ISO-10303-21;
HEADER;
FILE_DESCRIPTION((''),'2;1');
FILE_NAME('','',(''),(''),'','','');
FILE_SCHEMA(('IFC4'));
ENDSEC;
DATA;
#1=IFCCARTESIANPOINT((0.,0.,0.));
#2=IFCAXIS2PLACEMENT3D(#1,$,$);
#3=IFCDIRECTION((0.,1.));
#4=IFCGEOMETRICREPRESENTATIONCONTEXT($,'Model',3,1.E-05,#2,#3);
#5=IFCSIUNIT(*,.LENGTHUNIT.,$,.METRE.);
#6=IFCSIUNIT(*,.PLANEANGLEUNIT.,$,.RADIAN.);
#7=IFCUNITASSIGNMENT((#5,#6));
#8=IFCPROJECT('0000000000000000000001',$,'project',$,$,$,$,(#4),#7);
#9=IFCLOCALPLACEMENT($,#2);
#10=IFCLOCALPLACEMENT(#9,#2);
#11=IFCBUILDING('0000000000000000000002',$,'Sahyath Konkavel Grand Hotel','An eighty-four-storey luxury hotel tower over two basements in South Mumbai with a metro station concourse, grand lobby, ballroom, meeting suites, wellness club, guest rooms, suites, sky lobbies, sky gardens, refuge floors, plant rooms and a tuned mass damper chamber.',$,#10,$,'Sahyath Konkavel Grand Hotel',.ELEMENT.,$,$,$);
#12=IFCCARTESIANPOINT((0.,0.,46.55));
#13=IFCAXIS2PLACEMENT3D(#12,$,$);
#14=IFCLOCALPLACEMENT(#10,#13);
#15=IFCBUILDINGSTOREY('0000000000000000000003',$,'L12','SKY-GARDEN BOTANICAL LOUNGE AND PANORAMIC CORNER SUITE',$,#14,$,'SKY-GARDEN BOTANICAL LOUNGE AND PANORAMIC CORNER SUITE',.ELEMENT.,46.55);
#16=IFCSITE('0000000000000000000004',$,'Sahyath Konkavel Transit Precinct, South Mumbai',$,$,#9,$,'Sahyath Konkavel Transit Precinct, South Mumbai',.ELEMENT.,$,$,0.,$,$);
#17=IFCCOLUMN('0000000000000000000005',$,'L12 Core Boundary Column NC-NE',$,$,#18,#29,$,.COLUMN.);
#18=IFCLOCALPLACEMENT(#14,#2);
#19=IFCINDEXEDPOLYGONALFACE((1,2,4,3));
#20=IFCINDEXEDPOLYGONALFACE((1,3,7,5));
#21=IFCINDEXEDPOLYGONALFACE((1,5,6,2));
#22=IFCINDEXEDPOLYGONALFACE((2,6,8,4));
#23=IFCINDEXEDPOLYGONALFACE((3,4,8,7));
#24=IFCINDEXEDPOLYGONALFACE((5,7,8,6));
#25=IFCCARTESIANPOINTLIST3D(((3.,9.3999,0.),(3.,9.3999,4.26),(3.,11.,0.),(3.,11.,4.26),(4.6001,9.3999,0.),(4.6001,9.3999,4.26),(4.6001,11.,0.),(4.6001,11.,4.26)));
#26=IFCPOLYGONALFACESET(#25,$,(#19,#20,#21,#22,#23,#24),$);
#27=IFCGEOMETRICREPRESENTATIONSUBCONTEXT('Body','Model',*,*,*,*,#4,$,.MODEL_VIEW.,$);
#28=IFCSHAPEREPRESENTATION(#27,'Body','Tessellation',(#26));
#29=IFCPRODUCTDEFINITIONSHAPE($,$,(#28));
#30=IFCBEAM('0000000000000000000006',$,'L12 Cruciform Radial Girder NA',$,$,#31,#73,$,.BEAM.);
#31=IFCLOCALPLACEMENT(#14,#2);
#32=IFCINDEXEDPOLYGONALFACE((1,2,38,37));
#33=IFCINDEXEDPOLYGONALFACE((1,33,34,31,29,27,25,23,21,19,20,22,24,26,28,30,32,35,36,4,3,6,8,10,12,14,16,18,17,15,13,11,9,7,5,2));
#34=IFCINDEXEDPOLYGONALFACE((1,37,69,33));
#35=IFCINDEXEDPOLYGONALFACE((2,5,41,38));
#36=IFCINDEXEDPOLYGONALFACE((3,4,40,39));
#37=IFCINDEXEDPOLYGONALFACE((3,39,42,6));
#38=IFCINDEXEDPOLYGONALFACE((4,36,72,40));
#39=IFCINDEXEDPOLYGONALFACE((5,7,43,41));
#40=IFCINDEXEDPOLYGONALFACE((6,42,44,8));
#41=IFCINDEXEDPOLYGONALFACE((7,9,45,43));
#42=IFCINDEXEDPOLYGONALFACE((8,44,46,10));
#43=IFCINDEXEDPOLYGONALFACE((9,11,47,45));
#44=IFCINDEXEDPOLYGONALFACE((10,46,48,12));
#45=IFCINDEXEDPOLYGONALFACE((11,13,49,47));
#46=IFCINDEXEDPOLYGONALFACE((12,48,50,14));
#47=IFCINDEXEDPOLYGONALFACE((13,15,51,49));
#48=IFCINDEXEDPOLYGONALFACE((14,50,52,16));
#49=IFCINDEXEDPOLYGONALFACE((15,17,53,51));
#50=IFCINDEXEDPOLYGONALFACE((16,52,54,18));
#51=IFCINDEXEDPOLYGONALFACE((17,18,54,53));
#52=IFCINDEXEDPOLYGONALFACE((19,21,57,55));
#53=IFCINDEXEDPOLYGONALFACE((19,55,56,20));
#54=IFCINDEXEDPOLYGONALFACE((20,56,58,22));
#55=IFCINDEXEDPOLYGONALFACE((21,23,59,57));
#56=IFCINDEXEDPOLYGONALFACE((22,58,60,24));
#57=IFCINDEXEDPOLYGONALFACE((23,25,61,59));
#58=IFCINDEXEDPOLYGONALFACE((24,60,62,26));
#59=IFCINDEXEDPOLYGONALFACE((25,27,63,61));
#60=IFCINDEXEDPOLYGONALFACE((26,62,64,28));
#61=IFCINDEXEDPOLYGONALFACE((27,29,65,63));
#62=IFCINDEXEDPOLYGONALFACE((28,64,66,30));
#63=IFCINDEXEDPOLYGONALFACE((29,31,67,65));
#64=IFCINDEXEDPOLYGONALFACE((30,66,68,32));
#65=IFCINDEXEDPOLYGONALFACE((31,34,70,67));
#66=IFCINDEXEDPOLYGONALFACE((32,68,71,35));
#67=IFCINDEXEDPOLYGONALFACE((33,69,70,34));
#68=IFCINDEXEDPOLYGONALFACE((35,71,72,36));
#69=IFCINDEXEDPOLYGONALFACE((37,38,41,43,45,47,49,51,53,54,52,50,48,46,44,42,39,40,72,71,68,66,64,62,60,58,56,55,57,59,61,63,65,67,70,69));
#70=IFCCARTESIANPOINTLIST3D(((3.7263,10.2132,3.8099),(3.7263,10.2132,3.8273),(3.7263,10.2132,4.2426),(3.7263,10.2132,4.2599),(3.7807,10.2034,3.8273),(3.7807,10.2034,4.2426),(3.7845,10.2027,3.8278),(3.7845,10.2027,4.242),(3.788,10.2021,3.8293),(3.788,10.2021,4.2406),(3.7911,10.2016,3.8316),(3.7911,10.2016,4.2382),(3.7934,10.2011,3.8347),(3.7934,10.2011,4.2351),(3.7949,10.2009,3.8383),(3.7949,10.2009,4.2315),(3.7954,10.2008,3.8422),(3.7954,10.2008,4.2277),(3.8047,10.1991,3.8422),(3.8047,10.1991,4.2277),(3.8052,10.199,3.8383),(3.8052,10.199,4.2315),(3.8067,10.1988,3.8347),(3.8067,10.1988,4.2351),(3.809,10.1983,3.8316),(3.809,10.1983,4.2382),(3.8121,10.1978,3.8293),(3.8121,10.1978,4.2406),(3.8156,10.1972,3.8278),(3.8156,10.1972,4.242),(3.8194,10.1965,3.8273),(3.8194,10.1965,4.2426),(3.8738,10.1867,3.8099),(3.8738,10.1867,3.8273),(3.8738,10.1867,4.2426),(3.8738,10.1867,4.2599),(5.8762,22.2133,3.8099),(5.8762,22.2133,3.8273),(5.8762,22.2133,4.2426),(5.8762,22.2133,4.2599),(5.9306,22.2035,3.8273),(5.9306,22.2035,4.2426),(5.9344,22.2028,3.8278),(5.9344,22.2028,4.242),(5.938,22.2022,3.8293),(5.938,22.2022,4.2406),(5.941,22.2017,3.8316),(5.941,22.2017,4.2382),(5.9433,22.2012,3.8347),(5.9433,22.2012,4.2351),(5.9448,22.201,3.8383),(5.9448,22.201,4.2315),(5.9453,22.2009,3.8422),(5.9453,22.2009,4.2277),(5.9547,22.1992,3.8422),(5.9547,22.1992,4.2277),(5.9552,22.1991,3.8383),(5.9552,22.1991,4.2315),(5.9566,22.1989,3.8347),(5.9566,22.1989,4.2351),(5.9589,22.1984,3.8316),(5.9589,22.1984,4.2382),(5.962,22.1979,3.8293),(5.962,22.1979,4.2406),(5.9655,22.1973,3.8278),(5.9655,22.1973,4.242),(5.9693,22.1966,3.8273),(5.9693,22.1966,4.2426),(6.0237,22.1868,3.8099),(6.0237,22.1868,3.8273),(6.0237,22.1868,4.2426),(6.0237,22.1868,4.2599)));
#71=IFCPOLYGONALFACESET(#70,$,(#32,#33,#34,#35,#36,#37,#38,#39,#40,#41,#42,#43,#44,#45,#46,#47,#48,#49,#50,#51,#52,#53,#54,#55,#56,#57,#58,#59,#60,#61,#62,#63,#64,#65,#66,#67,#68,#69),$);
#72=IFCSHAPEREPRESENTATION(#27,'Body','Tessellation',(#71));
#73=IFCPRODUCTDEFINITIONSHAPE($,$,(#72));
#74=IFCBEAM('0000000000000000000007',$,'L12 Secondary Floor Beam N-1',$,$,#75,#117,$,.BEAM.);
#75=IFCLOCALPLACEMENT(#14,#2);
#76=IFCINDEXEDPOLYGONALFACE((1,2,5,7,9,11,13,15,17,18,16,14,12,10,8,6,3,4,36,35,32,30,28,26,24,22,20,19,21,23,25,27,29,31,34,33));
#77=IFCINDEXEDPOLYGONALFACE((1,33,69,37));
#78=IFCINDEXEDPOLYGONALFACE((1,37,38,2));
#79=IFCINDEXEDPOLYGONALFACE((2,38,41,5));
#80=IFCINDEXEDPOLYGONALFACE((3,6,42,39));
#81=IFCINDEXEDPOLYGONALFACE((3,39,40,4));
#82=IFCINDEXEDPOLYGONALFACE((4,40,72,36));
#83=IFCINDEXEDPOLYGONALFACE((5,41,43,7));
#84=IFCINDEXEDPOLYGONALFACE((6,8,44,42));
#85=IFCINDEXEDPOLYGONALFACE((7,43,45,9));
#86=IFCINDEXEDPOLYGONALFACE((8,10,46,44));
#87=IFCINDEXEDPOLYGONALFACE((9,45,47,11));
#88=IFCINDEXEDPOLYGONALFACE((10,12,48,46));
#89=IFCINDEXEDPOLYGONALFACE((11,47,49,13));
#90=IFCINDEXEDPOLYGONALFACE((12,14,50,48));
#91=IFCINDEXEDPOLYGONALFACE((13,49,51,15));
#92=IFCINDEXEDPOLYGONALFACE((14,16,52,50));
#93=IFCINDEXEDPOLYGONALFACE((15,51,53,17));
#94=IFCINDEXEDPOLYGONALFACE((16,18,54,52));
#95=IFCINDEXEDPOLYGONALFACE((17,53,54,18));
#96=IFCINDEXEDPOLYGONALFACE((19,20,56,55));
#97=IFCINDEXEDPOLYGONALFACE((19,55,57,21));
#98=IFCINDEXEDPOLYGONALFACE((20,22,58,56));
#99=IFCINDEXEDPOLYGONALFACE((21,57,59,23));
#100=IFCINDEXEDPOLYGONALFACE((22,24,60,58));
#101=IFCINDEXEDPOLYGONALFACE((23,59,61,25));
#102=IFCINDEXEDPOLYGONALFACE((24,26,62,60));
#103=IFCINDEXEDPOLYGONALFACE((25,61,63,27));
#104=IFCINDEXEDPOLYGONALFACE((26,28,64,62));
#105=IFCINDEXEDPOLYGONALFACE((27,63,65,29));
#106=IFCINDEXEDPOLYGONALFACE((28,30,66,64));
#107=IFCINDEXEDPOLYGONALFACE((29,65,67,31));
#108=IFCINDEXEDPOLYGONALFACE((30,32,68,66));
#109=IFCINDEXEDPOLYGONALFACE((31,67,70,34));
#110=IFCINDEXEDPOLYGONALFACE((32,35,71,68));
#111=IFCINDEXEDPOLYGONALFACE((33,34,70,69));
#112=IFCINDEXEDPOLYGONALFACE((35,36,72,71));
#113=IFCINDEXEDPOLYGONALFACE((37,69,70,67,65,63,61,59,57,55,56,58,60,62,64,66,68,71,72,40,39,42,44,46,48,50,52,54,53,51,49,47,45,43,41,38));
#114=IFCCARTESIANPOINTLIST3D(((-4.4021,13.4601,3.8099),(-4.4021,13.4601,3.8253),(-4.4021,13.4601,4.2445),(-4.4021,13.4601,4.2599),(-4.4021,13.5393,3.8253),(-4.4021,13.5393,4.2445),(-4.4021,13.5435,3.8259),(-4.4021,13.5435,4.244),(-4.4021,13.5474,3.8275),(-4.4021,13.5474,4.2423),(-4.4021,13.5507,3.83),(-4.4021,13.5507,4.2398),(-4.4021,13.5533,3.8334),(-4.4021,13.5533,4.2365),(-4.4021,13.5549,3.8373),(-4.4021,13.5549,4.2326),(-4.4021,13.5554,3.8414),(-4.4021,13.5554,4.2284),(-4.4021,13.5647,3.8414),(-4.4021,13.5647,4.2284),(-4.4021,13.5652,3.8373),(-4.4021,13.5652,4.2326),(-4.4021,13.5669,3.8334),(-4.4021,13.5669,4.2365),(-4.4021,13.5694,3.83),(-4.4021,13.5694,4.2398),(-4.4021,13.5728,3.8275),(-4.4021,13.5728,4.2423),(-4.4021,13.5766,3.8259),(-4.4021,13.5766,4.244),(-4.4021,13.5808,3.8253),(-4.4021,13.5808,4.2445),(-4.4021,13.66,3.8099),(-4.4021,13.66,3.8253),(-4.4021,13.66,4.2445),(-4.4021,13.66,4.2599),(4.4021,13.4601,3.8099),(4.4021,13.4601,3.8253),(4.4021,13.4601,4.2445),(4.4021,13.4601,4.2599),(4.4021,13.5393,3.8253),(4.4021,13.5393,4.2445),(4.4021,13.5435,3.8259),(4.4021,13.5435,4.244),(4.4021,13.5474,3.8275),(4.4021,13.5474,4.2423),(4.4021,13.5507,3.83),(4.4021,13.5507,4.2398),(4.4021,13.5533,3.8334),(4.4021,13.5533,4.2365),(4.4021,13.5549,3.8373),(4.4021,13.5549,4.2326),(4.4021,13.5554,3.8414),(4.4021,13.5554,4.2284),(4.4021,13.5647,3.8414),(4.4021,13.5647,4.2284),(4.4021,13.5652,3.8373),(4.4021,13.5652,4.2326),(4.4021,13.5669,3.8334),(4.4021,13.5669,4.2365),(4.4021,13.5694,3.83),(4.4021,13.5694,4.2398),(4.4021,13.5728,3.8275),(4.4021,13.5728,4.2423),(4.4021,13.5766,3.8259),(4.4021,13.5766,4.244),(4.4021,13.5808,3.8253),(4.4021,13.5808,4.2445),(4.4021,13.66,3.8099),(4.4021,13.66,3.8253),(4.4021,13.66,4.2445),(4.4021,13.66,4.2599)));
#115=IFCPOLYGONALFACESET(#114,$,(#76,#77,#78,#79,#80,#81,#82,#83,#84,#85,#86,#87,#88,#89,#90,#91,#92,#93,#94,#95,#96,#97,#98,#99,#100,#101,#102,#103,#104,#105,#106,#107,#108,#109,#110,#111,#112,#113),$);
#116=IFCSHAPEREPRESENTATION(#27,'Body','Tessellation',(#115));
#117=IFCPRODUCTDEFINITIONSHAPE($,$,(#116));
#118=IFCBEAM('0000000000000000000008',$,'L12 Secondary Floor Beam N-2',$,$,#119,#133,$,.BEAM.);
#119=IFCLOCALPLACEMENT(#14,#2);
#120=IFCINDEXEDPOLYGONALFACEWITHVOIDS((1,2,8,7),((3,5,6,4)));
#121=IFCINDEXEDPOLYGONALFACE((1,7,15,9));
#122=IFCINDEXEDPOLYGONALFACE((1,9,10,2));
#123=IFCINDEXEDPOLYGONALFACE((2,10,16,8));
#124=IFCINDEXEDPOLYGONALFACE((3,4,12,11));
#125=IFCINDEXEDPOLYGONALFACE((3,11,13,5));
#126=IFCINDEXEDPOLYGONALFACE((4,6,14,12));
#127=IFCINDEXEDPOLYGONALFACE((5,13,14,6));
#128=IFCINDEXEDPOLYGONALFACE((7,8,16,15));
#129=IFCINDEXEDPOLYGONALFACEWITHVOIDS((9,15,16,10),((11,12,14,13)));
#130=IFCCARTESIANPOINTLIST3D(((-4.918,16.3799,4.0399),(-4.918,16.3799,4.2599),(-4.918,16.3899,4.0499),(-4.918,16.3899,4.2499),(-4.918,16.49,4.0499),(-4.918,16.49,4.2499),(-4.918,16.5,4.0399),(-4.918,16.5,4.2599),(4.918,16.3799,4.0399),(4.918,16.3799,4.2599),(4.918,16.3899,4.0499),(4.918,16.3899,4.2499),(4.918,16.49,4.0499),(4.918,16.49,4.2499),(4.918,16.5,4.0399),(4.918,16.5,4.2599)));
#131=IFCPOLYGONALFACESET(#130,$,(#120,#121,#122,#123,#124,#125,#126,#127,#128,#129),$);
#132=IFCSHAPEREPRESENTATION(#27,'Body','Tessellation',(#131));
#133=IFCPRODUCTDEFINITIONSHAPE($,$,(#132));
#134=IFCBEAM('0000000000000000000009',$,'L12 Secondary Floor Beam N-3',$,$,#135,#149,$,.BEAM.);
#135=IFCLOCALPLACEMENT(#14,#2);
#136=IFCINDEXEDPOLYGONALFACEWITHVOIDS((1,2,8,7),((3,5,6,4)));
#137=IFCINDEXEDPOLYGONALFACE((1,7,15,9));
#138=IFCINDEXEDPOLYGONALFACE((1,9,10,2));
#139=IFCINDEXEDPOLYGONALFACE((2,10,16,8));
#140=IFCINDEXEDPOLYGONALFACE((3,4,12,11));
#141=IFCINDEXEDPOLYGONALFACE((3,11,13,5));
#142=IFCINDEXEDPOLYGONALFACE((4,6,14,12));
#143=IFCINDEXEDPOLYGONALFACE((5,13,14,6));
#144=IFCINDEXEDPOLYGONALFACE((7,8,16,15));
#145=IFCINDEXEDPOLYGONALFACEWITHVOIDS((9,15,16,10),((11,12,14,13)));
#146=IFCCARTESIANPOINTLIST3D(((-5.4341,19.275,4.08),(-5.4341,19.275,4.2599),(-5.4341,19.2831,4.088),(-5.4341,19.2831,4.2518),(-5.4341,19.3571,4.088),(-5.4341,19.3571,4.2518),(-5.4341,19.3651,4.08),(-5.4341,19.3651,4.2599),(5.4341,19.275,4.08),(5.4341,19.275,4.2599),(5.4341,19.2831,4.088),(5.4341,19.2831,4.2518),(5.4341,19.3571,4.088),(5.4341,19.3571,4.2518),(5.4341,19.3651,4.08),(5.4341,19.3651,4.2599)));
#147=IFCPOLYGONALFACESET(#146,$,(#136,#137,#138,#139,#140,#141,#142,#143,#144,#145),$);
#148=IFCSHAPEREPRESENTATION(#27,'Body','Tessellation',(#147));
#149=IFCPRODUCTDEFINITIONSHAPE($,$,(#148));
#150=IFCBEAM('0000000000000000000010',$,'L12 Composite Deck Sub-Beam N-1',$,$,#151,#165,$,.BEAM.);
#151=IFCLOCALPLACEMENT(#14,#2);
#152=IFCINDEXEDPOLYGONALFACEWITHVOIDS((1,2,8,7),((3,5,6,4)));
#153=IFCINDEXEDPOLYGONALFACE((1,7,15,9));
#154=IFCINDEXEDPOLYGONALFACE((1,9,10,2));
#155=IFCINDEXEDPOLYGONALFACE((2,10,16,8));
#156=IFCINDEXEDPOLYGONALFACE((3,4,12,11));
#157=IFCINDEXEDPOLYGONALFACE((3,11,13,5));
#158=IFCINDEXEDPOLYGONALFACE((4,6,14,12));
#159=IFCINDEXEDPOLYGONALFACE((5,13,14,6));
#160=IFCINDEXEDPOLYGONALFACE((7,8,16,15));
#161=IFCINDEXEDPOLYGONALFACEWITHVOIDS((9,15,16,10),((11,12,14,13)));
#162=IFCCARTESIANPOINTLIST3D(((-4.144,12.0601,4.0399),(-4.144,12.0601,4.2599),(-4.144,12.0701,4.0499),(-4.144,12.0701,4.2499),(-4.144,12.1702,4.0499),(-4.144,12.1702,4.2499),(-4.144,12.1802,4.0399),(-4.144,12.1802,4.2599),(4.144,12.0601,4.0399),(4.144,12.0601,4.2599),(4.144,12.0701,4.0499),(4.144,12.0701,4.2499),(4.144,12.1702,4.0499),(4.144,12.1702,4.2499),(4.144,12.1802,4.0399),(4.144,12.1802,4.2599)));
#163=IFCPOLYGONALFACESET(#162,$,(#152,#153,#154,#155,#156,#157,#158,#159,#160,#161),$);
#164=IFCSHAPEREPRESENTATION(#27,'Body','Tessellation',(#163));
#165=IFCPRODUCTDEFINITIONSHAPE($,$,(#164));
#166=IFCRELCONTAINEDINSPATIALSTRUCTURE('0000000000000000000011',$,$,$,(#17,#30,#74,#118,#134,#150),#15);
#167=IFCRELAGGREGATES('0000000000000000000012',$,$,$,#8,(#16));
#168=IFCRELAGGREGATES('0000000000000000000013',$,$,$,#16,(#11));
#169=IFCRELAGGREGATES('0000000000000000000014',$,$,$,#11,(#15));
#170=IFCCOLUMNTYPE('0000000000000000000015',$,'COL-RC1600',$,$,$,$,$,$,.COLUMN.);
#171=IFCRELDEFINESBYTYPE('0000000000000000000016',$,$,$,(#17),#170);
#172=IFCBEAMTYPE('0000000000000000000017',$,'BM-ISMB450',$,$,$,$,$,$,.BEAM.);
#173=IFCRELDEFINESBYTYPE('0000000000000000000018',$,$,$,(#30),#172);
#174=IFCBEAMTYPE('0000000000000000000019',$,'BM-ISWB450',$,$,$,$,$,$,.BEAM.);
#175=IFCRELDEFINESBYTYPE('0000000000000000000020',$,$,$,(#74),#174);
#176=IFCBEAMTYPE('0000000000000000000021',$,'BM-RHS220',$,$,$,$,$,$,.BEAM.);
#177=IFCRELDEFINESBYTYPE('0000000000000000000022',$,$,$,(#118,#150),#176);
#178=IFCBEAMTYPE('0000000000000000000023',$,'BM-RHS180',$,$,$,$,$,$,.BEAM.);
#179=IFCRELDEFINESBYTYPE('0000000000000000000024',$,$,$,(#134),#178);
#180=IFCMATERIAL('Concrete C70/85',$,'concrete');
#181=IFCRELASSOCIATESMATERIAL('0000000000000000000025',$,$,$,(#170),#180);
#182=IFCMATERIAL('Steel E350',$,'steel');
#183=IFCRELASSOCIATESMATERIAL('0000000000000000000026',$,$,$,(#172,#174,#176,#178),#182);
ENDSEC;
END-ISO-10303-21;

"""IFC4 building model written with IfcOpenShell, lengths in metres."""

from ifc_helpers import new_model, si_unit, direction, frame, origin, origin_2d, place, context, subcontext, project, spatial, rectangle, hollow_rectangle, i_section, extrude, source, transform, mapped, material, material_profile, profile_set, type_object, element, save


model = new_model("IFC4")

# Units and contexts
model_context = context("Model", 3, precision=1e-05, world=origin(), true_north=direction((0.0, 1.0)))
body_context = subcontext(model_context, "Body", "Model", "MODEL_VIEW")
ifc_project = project(units=[si_unit("LENGTHUNIT", "METRE"), si_unit("PLANEANGLEUNIT", "RADIAN")], contexts=[model_context])

# Site, building, storey
site_placement = place(None, origin())
site = spatial("IfcSite", under=ifc_project, at=site_placement, Name="Sahyath Konkavel Transit Precinct, South Mumbai", LongName="Sahyath Konkavel Transit Precinct, South Mumbai", CompositionType="ELEMENT", RefElevation=0.0)
building_placement = place(site_placement, origin())
building = spatial("IfcBuilding", under=site, at=building_placement, Name="Sahyath Konkavel Grand Hotel", Description="An eighty-four-storey luxury hotel tower over two basements in South Mumbai with a metro station concourse, grand lobby, ballroom, meeting suites, wellness club, guest rooms, suites, sky lobbies, sky gardens, refuge floors, plant rooms and a tuned mass damper chamber.", LongName="Sahyath Konkavel Grand Hotel", CompositionType="ELEMENT")
storey_placement = place(building_placement, frame((0.0, 0.0, 46.55)))
storey = spatial("IfcBuildingStorey", under=building, at=storey_placement, Name="L12", Description="SKY-GARDEN BOTANICAL LOUNGE AND PANORAMIC CORNER SUITE", LongName="SKY-GARDEN BOTANICAL LOUNGE AND PANORAMIC CORNER SUITE", CompositionType="ELEMENT", Elevation=46.55)

# Column
ifc_material_1 = material(Name="Concrete C70/85", Category="concrete")
ifc_material_profile_1 = material_profile(ifc_material_1, rectangle(XDim=1.6001, YDim=1.6001, at=origin_2d()), Name="RC 1600x1600")
ifc_profile_set_1 = profile_set([ifc_material_profile_1], Name="Concrete C70/85")
column_type = type_object("IfcColumnType", Name="COL-RC1600", PredefinedType="COLUMN", material=ifc_profile_set_1)
shared_shape_1 = source(origin(), body_context, "Body", "SweptSolid", [
    extrude(rectangle(XDim=1.6001, YDim=1.6001, at=origin_2d()), origin(), (0.0, 0.0, 1.0), 4.26),
])
column_placement = place(storey_placement, frame((3.8, 10.2, 0.0), z_axis=(0.0, 0.0, 1.0), x_axis=(1.0, 0.0, 0.0)))
element("IfcColumn", 1, at=column_placement, inside=storey, type_object=column_type, Name="L12 Core Boundary Column NC-NE", PredefinedType="COLUMN", context=body_context, shape_type="MappedRepresentation", body=[
    mapped(shared_shape_1, transform((0.0, 0.0, 0.0), scale=1.0)),
])

# Beams
ifc_material_2 = material(Name="Steel E350", Category="steel")
ifc_material_profile_2 = material_profile(ifc_material_2, i_section(OverallWidth=0.1499, OverallDepth=0.45, WebThickness=0.0095, FlangeThickness=0.0173, FilletRadius=0.0149, at=origin_2d()), Name="ISMB 450")
ifc_profile_set_2 = profile_set([ifc_material_profile_2], Name="Steel E350")
beam_type_1 = type_object("IfcBeamType", Name="BM-ISMB450", PredefinedType="BEAM", material=ifc_profile_set_2)
shared_shape_2 = source(origin(), body_context, "Body", "SweptSolid", [
    extrude(i_section(OverallWidth=0.1499, OverallDepth=0.45, WebThickness=0.0095, FlangeThickness=0.0173, FilletRadius=0.0149, at=origin_2d()), origin(), (0.0, 0.0, 1.0), 12.1912),
])
beam_1_placement = place(storey_placement, frame((3.8, 10.2, 4.0349), z_axis=(0.176351, 0.984327, 0.0), x_axis=(-0.984327, 0.176351, 0.0)))
element("IfcBeam", 2, at=beam_1_placement, inside=storey, type_object=beam_type_1, Name="L12 Cruciform Radial Girder NA", PredefinedType="BEAM", context=body_context, shape_type="MappedRepresentation", body=[
    mapped(shared_shape_2, transform((0.0, 0.0, 0.0), scale=1.0)),
])
ifc_material_profile_3 = material_profile(ifc_material_2, i_section(OverallWidth=0.2, OverallDepth=0.45, WebThickness=0.0093, FlangeThickness=0.0154, FilletRadius=0.0161, at=origin_2d()), Name="ISWB 450")
ifc_profile_set_3 = profile_set([ifc_material_profile_3], Name="Steel E350")
beam_type_2 = type_object("IfcBeamType", Name="BM-ISWB450", PredefinedType="BEAM", material=ifc_profile_set_3)
shared_shape_3 = source(origin(), body_context, "Body", "SweptSolid", [
    extrude(i_section(OverallWidth=0.2, OverallDepth=0.45, WebThickness=0.0093, FlangeThickness=0.0154, FilletRadius=0.0161, at=origin_2d()), origin(), (0.0, 0.0, 1.0), 8.8042),
])
beam_2_placement = place(storey_placement, frame((4.4021, 13.5601, 4.0349), z_axis=(-1.0, 0.0, 0.0), x_axis=(0.0, -1.0, 0.0)))
element("IfcBeam", 3, at=beam_2_placement, inside=storey, type_object=beam_type_2, Name="L12 Secondary Floor Beam N-1", PredefinedType="BEAM", context=body_context, shape_type="MappedRepresentation", body=[
    mapped(shared_shape_3, transform((0.0, 0.0, 0.0), scale=1.0)),
])
ifc_material_profile_4 = material_profile(ifc_material_2, hollow_rectangle(XDim=0.1201, YDim=0.22, WallThickness=0.01, at=origin_2d()), Name="RHS 220x120x10")
ifc_profile_set_4 = profile_set([ifc_material_profile_4], Name="Steel E350")
beam_type_3 = type_object("IfcBeamType", Name="BM-RHS220", PredefinedType="BEAM", material=ifc_profile_set_4)
shared_shape_4 = source(origin(), body_context, "Body", "SweptSolid", [
    extrude(hollow_rectangle(XDim=0.1201, YDim=0.22, WallThickness=0.01, at=origin_2d()), origin(), (0.0, 0.0, 1.0), 9.8359),
])
beam_3_placement = place(storey_placement, frame((4.918, 16.4399, 4.1499), z_axis=(-1.0, 0.0, 0.0), x_axis=(0.0, -1.0, 0.0)))
element("IfcBeam", 4, at=beam_3_placement, inside=storey, type_object=beam_type_3, Name="L12 Secondary Floor Beam N-2", PredefinedType="BEAM", context=body_context, shape_type="MappedRepresentation", body=[
    mapped(shared_shape_4, transform((0.0, 0.0, 0.0), scale=1.0)),
])
ifc_material_profile_5 = material_profile(ifc_material_2, hollow_rectangle(XDim=0.0901, YDim=0.1799, WallThickness=0.0081, at=origin_2d()), Name="RHS 180x90x8")
ifc_profile_set_5 = profile_set([ifc_material_profile_5], Name="Steel E350")
beam_type_4 = type_object("IfcBeamType", Name="BM-RHS180", PredefinedType="BEAM", material=ifc_profile_set_5)
shared_shape_5 = source(origin(), body_context, "Body", "SweptSolid", [
    extrude(hollow_rectangle(XDim=0.0901, YDim=0.1799, WallThickness=0.0081, at=origin_2d()), origin(), (0.0, 0.0, 1.0), 10.8682),
])
beam_4_placement = place(storey_placement, frame((5.4341, 19.3201, 4.1699), z_axis=(-1.0, 0.0, 0.0), x_axis=(0.0, -1.0, 0.0)))
element("IfcBeam", 5, at=beam_4_placement, inside=storey, type_object=beam_type_4, Name="L12 Secondary Floor Beam N-3", PredefinedType="BEAM", context=body_context, shape_type="MappedRepresentation", body=[
    mapped(shared_shape_5, transform((0.0, 0.0, 0.0), scale=1.0)),
])
shared_shape_6 = source(origin(), body_context, "Body", "SweptSolid", [
    extrude(hollow_rectangle(XDim=0.1201, YDim=0.22, WallThickness=0.01, at=origin_2d()), origin(), (0.0, 0.0, 1.0), 8.2881),
])
beam_5_placement = place(storey_placement, frame((4.144, 12.1201, 4.1499), z_axis=(-1.0, 0.0, 0.0), x_axis=(0.0, -1.0, 0.0)))
element("IfcBeam", 6, at=beam_5_placement, inside=storey, type_object=beam_type_3, Name="L12 Composite Deck Sub-Beam N-1", PredefinedType="BEAM", context=body_context, shape_type="MappedRepresentation", body=[
    mapped(shared_shape_6, transform((0.0, 0.0, 0.0), scale=1.0)),
])

save(model, "model.ifc")
